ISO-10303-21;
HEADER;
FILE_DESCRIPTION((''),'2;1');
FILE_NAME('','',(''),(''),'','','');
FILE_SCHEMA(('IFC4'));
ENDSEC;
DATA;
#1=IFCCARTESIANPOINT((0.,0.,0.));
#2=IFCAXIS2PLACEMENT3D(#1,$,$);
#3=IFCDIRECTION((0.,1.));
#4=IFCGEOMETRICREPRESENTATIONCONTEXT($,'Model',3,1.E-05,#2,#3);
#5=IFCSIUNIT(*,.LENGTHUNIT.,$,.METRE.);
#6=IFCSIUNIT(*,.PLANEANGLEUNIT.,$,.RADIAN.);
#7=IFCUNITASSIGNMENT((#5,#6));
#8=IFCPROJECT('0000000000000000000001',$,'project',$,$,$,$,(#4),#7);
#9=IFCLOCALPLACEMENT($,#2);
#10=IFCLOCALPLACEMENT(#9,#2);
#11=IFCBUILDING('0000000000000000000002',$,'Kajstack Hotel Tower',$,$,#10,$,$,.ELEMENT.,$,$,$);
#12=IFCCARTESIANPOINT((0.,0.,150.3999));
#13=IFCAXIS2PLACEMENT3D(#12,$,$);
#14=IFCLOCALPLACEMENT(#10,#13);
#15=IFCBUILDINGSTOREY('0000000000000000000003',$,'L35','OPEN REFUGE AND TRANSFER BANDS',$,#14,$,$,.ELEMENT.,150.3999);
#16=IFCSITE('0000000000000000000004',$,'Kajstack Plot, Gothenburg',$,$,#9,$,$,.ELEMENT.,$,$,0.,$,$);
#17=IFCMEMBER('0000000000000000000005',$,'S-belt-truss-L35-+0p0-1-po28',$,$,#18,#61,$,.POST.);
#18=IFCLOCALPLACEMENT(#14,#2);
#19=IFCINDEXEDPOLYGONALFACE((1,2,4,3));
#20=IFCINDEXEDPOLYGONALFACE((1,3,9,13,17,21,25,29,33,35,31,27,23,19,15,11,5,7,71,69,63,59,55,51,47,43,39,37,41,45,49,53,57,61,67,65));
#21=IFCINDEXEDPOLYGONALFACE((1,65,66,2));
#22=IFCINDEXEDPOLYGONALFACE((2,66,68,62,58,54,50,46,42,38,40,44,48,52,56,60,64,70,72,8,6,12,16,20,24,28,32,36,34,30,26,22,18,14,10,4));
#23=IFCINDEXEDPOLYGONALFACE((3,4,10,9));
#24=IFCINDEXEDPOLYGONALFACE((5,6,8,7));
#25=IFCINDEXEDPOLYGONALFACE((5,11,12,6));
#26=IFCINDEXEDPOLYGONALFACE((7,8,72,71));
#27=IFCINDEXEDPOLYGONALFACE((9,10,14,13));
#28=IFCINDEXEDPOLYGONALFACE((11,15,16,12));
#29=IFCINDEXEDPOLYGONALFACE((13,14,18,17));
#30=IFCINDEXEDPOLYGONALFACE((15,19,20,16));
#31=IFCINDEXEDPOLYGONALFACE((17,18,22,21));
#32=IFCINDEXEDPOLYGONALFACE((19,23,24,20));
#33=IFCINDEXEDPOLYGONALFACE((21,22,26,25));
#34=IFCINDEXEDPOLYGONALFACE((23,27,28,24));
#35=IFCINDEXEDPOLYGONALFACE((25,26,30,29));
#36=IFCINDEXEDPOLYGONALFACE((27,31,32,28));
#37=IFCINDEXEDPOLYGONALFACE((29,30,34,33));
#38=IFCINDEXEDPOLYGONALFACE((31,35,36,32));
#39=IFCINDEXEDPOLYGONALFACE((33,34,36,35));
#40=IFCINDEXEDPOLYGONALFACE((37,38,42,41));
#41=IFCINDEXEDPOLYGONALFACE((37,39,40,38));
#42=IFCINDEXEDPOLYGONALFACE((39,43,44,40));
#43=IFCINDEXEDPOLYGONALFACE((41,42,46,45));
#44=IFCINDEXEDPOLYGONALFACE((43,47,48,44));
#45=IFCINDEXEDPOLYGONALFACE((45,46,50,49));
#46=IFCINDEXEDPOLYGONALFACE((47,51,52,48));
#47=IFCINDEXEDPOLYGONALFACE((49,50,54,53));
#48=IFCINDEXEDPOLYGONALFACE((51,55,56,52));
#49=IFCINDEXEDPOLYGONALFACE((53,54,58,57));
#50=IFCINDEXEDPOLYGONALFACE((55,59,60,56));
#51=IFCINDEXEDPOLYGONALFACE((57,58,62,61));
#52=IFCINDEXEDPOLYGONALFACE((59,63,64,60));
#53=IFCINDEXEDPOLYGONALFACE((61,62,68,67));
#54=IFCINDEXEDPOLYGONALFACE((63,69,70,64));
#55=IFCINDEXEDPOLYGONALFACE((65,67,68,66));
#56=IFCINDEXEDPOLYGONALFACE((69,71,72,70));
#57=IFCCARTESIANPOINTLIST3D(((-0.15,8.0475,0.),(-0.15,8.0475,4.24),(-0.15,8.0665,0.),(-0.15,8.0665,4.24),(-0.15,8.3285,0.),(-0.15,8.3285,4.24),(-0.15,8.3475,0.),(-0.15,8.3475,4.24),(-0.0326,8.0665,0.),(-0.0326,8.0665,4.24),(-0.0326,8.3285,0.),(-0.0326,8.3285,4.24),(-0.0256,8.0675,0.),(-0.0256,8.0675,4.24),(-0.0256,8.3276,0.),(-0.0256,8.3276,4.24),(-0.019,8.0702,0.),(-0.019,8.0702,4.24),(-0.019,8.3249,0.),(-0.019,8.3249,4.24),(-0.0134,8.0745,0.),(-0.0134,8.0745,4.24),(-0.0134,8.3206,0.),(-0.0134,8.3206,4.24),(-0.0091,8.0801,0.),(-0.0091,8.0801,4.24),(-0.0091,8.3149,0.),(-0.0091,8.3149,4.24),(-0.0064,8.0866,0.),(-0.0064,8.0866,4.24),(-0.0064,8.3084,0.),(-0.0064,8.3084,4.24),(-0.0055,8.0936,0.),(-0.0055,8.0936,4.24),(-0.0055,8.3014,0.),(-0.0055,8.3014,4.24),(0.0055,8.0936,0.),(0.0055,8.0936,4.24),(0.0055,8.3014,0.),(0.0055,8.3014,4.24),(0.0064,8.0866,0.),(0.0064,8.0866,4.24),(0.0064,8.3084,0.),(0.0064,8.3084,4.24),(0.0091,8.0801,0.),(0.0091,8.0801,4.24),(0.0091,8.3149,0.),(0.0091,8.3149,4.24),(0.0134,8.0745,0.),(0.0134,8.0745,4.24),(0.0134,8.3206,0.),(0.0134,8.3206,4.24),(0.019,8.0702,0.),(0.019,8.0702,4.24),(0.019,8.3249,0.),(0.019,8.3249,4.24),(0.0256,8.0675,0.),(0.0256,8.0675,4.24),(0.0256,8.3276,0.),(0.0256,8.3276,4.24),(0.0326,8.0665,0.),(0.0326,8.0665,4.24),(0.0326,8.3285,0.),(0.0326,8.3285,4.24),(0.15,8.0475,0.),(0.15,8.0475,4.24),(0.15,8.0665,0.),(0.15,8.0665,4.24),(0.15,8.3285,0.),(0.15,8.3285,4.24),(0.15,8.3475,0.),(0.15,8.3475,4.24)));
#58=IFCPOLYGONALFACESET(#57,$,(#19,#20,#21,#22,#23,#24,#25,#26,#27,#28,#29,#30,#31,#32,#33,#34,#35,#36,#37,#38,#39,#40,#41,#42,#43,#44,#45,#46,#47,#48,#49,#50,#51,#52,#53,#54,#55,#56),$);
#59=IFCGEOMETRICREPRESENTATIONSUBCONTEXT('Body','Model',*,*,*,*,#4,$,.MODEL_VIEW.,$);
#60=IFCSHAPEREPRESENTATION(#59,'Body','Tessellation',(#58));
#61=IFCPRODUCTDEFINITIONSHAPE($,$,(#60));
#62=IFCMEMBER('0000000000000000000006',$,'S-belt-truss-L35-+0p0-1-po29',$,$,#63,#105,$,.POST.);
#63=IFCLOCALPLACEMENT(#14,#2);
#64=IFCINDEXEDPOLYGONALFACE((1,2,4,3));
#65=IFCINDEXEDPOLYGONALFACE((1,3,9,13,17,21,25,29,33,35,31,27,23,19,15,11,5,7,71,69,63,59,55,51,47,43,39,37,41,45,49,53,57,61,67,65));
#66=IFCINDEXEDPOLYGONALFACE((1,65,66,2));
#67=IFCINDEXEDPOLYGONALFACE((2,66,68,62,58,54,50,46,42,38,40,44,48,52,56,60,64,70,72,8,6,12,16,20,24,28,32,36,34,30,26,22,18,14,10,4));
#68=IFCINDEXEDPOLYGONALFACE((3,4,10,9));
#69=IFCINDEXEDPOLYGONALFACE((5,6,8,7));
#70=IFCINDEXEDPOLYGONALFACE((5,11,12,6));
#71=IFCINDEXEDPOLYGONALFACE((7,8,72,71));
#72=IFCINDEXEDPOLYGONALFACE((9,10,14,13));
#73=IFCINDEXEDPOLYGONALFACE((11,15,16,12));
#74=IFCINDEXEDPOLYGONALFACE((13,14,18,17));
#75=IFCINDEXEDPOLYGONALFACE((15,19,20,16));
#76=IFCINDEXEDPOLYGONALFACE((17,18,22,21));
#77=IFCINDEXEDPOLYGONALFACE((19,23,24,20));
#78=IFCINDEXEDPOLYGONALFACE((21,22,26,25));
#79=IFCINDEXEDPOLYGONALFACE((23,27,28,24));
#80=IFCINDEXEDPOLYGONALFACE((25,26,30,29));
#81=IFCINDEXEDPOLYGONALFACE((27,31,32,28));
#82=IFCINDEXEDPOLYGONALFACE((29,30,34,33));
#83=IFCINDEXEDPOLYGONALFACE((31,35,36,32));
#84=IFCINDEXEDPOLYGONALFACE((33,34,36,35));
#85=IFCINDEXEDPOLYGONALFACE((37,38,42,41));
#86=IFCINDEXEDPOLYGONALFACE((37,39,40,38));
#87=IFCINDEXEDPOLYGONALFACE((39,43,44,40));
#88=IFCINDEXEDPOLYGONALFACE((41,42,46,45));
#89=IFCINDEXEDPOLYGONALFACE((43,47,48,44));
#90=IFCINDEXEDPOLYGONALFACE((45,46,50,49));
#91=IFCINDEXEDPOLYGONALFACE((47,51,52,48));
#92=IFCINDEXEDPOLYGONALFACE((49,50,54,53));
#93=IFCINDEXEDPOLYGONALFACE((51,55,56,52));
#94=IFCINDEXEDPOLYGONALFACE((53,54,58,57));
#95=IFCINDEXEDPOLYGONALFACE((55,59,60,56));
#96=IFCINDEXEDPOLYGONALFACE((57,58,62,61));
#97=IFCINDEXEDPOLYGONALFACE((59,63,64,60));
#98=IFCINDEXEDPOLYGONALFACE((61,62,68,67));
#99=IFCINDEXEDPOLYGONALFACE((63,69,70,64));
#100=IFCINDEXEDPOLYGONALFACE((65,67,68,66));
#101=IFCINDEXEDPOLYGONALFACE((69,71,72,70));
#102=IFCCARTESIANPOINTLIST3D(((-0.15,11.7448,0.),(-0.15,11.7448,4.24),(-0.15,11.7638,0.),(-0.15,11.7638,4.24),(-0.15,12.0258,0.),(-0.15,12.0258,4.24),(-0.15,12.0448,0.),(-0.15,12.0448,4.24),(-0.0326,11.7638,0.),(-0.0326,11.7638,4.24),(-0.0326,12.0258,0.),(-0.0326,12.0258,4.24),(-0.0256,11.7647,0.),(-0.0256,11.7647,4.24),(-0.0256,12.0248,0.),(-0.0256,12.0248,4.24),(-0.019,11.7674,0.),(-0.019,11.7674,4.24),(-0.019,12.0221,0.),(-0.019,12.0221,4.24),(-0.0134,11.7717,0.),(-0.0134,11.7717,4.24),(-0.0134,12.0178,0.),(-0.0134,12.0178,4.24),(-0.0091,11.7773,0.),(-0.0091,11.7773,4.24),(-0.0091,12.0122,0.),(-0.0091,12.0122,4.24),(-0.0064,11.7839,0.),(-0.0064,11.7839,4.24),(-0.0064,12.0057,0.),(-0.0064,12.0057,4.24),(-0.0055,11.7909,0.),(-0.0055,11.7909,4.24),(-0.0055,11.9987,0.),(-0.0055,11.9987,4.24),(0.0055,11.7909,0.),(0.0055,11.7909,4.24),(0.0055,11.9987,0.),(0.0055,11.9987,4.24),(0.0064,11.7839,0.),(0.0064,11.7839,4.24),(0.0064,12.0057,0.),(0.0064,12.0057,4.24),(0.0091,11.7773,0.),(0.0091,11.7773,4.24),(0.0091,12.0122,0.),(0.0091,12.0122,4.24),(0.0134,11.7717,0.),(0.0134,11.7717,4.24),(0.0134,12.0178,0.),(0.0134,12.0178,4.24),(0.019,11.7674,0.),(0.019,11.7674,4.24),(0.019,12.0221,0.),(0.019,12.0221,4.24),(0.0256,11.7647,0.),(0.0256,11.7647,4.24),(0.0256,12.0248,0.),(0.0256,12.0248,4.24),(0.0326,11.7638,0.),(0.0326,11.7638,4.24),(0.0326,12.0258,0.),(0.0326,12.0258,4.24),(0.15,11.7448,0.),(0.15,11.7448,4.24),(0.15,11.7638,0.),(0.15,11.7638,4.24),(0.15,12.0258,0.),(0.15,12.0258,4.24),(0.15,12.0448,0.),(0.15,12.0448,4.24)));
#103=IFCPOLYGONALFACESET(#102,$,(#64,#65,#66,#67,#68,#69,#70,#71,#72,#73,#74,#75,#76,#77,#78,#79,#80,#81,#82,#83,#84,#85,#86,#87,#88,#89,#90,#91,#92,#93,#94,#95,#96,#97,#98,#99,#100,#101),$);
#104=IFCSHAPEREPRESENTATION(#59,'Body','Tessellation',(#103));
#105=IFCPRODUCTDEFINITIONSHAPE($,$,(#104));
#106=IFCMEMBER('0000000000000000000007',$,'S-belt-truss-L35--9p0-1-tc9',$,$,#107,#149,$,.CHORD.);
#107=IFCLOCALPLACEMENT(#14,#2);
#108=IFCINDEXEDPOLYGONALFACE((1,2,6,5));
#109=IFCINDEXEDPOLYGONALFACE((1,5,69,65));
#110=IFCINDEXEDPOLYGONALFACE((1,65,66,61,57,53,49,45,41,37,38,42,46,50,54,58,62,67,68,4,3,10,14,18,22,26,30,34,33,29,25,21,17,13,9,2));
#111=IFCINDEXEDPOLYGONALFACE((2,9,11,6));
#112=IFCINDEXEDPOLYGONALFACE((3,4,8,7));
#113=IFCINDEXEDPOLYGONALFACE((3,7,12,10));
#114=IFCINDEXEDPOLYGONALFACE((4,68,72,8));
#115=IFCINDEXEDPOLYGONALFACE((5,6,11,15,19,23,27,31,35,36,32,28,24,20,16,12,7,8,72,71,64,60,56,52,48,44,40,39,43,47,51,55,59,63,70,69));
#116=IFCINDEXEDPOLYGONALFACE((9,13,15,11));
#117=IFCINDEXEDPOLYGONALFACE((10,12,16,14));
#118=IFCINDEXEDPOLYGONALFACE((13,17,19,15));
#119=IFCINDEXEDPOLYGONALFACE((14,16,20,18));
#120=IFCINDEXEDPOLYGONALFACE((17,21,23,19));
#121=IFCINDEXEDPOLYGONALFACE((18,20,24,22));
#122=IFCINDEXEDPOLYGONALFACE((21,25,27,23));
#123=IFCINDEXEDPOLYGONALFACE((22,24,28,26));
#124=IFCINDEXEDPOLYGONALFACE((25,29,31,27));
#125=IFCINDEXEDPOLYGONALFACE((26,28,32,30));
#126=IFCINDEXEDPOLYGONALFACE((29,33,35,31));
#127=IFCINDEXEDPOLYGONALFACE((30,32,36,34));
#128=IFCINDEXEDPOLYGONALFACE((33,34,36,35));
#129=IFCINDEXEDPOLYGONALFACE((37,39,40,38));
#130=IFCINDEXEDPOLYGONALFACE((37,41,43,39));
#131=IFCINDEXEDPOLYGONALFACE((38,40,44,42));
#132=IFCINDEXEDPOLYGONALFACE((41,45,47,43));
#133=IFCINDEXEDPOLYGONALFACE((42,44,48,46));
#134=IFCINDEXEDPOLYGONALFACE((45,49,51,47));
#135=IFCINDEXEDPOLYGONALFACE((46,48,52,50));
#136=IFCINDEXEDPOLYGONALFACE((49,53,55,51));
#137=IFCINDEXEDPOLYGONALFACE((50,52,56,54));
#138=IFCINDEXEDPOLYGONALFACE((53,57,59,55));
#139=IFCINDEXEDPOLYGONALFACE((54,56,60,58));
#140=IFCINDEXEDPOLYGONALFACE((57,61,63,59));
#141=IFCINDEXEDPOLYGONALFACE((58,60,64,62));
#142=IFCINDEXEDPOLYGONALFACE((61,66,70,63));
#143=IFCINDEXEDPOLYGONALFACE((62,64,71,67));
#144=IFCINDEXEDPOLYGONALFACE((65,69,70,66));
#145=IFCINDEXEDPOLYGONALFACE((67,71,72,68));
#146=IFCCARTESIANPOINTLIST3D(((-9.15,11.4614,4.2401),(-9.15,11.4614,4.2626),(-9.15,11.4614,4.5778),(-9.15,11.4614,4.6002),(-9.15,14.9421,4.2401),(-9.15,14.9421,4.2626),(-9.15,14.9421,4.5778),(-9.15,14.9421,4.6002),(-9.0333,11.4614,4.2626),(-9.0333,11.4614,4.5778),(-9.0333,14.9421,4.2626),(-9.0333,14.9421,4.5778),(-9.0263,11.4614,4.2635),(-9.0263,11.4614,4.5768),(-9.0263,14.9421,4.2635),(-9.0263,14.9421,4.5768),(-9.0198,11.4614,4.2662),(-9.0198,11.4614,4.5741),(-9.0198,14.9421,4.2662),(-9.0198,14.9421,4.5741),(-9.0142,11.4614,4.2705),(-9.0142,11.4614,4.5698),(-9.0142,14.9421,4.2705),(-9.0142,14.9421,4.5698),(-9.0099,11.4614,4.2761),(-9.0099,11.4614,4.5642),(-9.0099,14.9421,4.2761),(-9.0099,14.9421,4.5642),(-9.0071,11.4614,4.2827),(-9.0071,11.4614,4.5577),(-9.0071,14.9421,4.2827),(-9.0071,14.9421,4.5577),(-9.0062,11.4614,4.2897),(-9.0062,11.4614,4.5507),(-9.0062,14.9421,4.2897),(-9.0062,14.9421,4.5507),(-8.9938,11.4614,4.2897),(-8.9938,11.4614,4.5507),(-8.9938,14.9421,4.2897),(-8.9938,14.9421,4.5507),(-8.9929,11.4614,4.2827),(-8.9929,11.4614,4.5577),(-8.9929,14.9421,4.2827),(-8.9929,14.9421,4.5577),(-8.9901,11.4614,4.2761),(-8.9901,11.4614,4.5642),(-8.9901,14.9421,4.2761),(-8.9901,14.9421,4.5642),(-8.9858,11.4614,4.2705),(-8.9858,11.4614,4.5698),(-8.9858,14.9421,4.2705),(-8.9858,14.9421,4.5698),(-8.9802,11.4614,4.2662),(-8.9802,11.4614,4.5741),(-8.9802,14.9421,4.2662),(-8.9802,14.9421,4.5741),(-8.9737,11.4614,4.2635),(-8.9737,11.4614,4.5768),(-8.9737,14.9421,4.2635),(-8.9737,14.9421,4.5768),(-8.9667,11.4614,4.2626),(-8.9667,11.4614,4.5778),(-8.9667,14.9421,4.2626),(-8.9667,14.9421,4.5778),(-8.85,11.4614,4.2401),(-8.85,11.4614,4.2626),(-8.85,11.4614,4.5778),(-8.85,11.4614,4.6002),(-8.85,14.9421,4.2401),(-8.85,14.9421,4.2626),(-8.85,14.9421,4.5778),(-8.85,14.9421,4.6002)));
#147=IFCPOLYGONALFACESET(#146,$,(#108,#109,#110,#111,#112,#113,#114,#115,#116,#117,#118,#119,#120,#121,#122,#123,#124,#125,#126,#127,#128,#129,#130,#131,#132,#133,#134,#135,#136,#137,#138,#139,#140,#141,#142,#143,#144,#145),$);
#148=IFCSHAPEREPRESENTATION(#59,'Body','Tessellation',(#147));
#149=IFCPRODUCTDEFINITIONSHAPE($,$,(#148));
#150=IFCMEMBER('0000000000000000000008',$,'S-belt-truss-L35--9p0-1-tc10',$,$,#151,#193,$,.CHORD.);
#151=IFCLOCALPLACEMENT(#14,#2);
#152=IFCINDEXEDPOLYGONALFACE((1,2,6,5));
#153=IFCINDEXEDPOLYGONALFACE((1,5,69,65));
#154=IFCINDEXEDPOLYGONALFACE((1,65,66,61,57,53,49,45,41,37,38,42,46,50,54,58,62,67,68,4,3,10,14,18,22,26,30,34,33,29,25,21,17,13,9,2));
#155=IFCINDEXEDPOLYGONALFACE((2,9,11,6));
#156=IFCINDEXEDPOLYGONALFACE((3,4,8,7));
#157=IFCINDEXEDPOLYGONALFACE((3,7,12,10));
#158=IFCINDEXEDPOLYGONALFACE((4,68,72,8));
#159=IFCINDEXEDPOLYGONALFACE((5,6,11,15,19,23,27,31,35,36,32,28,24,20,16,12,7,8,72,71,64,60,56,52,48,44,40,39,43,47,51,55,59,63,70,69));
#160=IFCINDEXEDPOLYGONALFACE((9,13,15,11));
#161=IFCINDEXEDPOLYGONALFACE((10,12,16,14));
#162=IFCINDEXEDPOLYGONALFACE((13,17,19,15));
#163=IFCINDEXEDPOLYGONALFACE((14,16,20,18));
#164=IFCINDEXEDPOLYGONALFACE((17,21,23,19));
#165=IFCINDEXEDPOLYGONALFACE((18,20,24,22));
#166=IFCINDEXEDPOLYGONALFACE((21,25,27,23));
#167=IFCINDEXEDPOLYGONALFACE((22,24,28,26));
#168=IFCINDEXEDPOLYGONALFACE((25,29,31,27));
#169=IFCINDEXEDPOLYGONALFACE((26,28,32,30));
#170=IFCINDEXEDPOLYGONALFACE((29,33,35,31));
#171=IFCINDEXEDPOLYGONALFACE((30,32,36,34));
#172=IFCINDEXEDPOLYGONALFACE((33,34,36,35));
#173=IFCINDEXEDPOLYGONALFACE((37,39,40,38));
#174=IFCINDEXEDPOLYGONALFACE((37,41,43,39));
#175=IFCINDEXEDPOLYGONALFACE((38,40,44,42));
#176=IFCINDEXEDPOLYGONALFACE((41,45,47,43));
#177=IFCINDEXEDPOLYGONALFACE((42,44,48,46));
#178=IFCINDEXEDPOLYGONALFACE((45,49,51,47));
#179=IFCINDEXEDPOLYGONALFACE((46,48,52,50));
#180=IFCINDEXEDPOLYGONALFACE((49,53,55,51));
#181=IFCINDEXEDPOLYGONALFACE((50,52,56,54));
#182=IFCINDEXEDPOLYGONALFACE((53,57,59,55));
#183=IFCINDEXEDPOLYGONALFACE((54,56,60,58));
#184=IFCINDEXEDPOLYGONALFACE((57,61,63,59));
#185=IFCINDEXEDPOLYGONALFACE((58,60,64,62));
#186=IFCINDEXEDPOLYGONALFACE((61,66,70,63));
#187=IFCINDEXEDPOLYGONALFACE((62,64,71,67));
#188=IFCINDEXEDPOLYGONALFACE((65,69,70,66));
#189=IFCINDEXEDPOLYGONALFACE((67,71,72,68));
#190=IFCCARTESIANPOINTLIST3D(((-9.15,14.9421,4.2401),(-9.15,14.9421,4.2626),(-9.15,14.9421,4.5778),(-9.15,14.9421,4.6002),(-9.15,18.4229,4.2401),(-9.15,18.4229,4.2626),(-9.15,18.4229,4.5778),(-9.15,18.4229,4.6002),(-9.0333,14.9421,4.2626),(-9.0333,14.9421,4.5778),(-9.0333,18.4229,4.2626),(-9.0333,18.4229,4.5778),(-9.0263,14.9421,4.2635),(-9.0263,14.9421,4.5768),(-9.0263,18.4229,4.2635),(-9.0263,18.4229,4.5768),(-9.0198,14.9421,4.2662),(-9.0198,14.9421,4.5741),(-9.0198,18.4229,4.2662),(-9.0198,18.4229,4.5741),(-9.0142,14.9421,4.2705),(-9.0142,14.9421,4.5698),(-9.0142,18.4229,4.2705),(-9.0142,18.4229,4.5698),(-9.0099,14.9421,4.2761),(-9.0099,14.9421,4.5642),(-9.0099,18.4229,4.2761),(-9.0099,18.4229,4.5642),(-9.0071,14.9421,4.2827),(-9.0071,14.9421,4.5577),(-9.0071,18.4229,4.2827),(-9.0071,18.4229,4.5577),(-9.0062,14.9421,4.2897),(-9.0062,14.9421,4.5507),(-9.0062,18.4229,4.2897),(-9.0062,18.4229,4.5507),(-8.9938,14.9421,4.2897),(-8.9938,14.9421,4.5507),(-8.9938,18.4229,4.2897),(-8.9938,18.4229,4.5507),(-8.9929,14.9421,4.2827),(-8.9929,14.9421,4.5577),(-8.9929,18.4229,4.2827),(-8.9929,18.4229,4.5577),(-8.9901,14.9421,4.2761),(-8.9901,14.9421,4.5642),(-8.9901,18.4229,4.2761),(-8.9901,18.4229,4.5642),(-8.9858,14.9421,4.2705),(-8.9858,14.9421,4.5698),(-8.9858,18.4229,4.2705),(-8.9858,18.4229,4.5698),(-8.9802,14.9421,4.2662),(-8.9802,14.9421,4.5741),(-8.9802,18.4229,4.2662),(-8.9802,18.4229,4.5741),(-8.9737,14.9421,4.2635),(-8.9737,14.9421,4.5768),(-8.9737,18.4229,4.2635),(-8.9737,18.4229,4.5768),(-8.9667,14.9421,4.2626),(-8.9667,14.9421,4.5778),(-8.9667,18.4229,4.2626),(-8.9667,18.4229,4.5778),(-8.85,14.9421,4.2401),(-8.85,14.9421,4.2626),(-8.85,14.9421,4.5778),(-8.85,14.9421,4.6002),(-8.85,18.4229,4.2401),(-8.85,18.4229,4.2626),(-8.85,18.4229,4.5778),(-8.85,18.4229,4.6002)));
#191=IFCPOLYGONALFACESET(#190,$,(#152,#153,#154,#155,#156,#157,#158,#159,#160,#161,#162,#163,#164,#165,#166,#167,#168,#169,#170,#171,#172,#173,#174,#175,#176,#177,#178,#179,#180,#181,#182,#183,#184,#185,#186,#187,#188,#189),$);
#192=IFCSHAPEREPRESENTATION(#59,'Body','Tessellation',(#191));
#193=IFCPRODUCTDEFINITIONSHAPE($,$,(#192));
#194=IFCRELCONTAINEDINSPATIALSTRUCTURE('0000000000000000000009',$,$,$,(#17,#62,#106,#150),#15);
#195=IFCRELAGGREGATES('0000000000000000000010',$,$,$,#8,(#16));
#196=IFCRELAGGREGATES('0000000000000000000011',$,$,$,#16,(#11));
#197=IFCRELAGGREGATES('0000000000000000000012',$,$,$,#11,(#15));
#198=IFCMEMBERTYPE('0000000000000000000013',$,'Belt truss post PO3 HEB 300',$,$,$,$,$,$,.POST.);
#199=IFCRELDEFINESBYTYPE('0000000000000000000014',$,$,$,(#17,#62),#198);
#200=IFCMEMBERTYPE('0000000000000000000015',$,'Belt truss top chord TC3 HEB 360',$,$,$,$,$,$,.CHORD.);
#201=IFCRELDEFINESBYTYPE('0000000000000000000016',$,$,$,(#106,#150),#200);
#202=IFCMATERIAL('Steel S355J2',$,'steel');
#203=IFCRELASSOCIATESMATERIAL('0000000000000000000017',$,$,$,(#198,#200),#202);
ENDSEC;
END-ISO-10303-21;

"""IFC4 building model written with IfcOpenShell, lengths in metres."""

from ifc_helpers import new_model, si_unit, direction, frame, origin, origin_2d, place, context, subcontext, project, spatial, i_section, extrude, material, material_profile, profile_set, type_object, element, save


model = new_model("IFC4")

# Units and contexts
model_context = context("Model", 3, precision=1e-05, world=origin(), true_north=direction((0.0, 1.0)))
body_context = subcontext(model_context, "Body", "Model", "MODEL_VIEW")
ifc_project = project(units=[si_unit("LENGTHUNIT", "METRE"), si_unit("PLANEANGLEUNIT", "RADIAN")], contexts=[model_context])

# Site, building, storey
site_placement = place(None, origin())
site = spatial("IfcSite", under=ifc_project, at=site_placement, Name="Kajstack Plot, Gothenburg", CompositionType="ELEMENT", RefElevation=0.0)
building_placement = place(site_placement, origin())
building = spatial("IfcBuilding", under=site, at=building_placement, Name="Kajstack Hotel Tower", CompositionType="ELEMENT")
storey_placement = place(building_placement, frame((0.0, 0.0, 150.3999)))
storey = spatial("IfcBuildingStorey", under=building, at=storey_placement, Name="L35", Description="OPEN REFUGE AND TRANSFER BANDS", CompositionType="ELEMENT", Elevation=150.3999)

# Members
ifc_material = material(Name="Steel S355J2", Category="steel")
ifc_material_profile_1 = material_profile(ifc_material, i_section(OverallWidth=0.3, OverallDepth=0.3, WebThickness=0.011, FlangeThickness=0.019, FilletRadius=0.0271, at=origin_2d()), Name="HEB 300")
ifc_profile_set_1 = profile_set([ifc_material_profile_1], Name="Steel S355J2")
member_type_1 = type_object("IfcMemberType", Name="Belt truss post PO3 HEB 300", PredefinedType="POST", material=ifc_profile_set_1)
for number, where, z_axis, x_axis, name in (
    (1, (0.0, 8.1975, 0.0), (0.0, 0.0, 1.0), (1.0, 0.0, 0.0), "S-belt-truss-L35-+0p0-1-po28"),
    (2, (0.0, 11.8948, 0.0), (0.0, 0.0, 1.0), (1.0, 0.0, 0.0), "S-belt-truss-L35-+0p0-1-po29"),
):
    element("IfcMember", number, at=place(storey_placement, frame(where, z_axis=z_axis, x_axis=x_axis)), inside=storey, type_object=member_type_1, Name=name, PredefinedType="POST", context=body_context, shape_type="SweptSolid", body=[
        extrude(i_section(OverallWidth=0.3, OverallDepth=0.3, WebThickness=0.011, FlangeThickness=0.019, FilletRadius=0.0271, at=origin_2d()), origin(), (0.0, 0.0, 1.0), 4.24),
    ])
ifc_material_profile_2 = material_profile(ifc_material, i_section(OverallWidth=0.3, OverallDepth=0.3601, WebThickness=0.0125, FlangeThickness=0.0225, FilletRadius=0.0271, at=origin_2d()), Name="HEB 360")
ifc_profile_set_2 = profile_set([ifc_material_profile_2], Name="Steel S355J2")
member_type_2 = type_object("IfcMemberType", Name="Belt truss top chord TC3 HEB 360", PredefinedType="CHORD", material=ifc_profile_set_2)
for number, where, z_axis, x_axis, name in (
    (3, (-9.0, 11.4614, 4.4202), (0.0, 1.0, 0.0), (-1.0, 0.0, 0.0), "S-belt-truss-L35--9p0-1-tc9"),
    (4, (-9.0, 14.9421, 4.4202), (0.0, 1.0, 0.0), (-1.0, 0.0, 0.0), "S-belt-truss-L35--9p0-1-tc10"),
):
    element("IfcMember", number, at=place(storey_placement, frame(where, z_axis=z_axis, x_axis=x_axis)), inside=storey, type_object=member_type_2, Name=name, PredefinedType="CHORD", context=body_context, shape_type="SweptSolid", body=[
        extrude(i_section(OverallWidth=0.3, OverallDepth=0.3601, WebThickness=0.0125, FlangeThickness=0.0225, FilletRadius=0.0271, at=origin_2d()), origin(), (0.0, 0.0, 1.0), 3.4807),
    ])

save(model, "model.ifc")
